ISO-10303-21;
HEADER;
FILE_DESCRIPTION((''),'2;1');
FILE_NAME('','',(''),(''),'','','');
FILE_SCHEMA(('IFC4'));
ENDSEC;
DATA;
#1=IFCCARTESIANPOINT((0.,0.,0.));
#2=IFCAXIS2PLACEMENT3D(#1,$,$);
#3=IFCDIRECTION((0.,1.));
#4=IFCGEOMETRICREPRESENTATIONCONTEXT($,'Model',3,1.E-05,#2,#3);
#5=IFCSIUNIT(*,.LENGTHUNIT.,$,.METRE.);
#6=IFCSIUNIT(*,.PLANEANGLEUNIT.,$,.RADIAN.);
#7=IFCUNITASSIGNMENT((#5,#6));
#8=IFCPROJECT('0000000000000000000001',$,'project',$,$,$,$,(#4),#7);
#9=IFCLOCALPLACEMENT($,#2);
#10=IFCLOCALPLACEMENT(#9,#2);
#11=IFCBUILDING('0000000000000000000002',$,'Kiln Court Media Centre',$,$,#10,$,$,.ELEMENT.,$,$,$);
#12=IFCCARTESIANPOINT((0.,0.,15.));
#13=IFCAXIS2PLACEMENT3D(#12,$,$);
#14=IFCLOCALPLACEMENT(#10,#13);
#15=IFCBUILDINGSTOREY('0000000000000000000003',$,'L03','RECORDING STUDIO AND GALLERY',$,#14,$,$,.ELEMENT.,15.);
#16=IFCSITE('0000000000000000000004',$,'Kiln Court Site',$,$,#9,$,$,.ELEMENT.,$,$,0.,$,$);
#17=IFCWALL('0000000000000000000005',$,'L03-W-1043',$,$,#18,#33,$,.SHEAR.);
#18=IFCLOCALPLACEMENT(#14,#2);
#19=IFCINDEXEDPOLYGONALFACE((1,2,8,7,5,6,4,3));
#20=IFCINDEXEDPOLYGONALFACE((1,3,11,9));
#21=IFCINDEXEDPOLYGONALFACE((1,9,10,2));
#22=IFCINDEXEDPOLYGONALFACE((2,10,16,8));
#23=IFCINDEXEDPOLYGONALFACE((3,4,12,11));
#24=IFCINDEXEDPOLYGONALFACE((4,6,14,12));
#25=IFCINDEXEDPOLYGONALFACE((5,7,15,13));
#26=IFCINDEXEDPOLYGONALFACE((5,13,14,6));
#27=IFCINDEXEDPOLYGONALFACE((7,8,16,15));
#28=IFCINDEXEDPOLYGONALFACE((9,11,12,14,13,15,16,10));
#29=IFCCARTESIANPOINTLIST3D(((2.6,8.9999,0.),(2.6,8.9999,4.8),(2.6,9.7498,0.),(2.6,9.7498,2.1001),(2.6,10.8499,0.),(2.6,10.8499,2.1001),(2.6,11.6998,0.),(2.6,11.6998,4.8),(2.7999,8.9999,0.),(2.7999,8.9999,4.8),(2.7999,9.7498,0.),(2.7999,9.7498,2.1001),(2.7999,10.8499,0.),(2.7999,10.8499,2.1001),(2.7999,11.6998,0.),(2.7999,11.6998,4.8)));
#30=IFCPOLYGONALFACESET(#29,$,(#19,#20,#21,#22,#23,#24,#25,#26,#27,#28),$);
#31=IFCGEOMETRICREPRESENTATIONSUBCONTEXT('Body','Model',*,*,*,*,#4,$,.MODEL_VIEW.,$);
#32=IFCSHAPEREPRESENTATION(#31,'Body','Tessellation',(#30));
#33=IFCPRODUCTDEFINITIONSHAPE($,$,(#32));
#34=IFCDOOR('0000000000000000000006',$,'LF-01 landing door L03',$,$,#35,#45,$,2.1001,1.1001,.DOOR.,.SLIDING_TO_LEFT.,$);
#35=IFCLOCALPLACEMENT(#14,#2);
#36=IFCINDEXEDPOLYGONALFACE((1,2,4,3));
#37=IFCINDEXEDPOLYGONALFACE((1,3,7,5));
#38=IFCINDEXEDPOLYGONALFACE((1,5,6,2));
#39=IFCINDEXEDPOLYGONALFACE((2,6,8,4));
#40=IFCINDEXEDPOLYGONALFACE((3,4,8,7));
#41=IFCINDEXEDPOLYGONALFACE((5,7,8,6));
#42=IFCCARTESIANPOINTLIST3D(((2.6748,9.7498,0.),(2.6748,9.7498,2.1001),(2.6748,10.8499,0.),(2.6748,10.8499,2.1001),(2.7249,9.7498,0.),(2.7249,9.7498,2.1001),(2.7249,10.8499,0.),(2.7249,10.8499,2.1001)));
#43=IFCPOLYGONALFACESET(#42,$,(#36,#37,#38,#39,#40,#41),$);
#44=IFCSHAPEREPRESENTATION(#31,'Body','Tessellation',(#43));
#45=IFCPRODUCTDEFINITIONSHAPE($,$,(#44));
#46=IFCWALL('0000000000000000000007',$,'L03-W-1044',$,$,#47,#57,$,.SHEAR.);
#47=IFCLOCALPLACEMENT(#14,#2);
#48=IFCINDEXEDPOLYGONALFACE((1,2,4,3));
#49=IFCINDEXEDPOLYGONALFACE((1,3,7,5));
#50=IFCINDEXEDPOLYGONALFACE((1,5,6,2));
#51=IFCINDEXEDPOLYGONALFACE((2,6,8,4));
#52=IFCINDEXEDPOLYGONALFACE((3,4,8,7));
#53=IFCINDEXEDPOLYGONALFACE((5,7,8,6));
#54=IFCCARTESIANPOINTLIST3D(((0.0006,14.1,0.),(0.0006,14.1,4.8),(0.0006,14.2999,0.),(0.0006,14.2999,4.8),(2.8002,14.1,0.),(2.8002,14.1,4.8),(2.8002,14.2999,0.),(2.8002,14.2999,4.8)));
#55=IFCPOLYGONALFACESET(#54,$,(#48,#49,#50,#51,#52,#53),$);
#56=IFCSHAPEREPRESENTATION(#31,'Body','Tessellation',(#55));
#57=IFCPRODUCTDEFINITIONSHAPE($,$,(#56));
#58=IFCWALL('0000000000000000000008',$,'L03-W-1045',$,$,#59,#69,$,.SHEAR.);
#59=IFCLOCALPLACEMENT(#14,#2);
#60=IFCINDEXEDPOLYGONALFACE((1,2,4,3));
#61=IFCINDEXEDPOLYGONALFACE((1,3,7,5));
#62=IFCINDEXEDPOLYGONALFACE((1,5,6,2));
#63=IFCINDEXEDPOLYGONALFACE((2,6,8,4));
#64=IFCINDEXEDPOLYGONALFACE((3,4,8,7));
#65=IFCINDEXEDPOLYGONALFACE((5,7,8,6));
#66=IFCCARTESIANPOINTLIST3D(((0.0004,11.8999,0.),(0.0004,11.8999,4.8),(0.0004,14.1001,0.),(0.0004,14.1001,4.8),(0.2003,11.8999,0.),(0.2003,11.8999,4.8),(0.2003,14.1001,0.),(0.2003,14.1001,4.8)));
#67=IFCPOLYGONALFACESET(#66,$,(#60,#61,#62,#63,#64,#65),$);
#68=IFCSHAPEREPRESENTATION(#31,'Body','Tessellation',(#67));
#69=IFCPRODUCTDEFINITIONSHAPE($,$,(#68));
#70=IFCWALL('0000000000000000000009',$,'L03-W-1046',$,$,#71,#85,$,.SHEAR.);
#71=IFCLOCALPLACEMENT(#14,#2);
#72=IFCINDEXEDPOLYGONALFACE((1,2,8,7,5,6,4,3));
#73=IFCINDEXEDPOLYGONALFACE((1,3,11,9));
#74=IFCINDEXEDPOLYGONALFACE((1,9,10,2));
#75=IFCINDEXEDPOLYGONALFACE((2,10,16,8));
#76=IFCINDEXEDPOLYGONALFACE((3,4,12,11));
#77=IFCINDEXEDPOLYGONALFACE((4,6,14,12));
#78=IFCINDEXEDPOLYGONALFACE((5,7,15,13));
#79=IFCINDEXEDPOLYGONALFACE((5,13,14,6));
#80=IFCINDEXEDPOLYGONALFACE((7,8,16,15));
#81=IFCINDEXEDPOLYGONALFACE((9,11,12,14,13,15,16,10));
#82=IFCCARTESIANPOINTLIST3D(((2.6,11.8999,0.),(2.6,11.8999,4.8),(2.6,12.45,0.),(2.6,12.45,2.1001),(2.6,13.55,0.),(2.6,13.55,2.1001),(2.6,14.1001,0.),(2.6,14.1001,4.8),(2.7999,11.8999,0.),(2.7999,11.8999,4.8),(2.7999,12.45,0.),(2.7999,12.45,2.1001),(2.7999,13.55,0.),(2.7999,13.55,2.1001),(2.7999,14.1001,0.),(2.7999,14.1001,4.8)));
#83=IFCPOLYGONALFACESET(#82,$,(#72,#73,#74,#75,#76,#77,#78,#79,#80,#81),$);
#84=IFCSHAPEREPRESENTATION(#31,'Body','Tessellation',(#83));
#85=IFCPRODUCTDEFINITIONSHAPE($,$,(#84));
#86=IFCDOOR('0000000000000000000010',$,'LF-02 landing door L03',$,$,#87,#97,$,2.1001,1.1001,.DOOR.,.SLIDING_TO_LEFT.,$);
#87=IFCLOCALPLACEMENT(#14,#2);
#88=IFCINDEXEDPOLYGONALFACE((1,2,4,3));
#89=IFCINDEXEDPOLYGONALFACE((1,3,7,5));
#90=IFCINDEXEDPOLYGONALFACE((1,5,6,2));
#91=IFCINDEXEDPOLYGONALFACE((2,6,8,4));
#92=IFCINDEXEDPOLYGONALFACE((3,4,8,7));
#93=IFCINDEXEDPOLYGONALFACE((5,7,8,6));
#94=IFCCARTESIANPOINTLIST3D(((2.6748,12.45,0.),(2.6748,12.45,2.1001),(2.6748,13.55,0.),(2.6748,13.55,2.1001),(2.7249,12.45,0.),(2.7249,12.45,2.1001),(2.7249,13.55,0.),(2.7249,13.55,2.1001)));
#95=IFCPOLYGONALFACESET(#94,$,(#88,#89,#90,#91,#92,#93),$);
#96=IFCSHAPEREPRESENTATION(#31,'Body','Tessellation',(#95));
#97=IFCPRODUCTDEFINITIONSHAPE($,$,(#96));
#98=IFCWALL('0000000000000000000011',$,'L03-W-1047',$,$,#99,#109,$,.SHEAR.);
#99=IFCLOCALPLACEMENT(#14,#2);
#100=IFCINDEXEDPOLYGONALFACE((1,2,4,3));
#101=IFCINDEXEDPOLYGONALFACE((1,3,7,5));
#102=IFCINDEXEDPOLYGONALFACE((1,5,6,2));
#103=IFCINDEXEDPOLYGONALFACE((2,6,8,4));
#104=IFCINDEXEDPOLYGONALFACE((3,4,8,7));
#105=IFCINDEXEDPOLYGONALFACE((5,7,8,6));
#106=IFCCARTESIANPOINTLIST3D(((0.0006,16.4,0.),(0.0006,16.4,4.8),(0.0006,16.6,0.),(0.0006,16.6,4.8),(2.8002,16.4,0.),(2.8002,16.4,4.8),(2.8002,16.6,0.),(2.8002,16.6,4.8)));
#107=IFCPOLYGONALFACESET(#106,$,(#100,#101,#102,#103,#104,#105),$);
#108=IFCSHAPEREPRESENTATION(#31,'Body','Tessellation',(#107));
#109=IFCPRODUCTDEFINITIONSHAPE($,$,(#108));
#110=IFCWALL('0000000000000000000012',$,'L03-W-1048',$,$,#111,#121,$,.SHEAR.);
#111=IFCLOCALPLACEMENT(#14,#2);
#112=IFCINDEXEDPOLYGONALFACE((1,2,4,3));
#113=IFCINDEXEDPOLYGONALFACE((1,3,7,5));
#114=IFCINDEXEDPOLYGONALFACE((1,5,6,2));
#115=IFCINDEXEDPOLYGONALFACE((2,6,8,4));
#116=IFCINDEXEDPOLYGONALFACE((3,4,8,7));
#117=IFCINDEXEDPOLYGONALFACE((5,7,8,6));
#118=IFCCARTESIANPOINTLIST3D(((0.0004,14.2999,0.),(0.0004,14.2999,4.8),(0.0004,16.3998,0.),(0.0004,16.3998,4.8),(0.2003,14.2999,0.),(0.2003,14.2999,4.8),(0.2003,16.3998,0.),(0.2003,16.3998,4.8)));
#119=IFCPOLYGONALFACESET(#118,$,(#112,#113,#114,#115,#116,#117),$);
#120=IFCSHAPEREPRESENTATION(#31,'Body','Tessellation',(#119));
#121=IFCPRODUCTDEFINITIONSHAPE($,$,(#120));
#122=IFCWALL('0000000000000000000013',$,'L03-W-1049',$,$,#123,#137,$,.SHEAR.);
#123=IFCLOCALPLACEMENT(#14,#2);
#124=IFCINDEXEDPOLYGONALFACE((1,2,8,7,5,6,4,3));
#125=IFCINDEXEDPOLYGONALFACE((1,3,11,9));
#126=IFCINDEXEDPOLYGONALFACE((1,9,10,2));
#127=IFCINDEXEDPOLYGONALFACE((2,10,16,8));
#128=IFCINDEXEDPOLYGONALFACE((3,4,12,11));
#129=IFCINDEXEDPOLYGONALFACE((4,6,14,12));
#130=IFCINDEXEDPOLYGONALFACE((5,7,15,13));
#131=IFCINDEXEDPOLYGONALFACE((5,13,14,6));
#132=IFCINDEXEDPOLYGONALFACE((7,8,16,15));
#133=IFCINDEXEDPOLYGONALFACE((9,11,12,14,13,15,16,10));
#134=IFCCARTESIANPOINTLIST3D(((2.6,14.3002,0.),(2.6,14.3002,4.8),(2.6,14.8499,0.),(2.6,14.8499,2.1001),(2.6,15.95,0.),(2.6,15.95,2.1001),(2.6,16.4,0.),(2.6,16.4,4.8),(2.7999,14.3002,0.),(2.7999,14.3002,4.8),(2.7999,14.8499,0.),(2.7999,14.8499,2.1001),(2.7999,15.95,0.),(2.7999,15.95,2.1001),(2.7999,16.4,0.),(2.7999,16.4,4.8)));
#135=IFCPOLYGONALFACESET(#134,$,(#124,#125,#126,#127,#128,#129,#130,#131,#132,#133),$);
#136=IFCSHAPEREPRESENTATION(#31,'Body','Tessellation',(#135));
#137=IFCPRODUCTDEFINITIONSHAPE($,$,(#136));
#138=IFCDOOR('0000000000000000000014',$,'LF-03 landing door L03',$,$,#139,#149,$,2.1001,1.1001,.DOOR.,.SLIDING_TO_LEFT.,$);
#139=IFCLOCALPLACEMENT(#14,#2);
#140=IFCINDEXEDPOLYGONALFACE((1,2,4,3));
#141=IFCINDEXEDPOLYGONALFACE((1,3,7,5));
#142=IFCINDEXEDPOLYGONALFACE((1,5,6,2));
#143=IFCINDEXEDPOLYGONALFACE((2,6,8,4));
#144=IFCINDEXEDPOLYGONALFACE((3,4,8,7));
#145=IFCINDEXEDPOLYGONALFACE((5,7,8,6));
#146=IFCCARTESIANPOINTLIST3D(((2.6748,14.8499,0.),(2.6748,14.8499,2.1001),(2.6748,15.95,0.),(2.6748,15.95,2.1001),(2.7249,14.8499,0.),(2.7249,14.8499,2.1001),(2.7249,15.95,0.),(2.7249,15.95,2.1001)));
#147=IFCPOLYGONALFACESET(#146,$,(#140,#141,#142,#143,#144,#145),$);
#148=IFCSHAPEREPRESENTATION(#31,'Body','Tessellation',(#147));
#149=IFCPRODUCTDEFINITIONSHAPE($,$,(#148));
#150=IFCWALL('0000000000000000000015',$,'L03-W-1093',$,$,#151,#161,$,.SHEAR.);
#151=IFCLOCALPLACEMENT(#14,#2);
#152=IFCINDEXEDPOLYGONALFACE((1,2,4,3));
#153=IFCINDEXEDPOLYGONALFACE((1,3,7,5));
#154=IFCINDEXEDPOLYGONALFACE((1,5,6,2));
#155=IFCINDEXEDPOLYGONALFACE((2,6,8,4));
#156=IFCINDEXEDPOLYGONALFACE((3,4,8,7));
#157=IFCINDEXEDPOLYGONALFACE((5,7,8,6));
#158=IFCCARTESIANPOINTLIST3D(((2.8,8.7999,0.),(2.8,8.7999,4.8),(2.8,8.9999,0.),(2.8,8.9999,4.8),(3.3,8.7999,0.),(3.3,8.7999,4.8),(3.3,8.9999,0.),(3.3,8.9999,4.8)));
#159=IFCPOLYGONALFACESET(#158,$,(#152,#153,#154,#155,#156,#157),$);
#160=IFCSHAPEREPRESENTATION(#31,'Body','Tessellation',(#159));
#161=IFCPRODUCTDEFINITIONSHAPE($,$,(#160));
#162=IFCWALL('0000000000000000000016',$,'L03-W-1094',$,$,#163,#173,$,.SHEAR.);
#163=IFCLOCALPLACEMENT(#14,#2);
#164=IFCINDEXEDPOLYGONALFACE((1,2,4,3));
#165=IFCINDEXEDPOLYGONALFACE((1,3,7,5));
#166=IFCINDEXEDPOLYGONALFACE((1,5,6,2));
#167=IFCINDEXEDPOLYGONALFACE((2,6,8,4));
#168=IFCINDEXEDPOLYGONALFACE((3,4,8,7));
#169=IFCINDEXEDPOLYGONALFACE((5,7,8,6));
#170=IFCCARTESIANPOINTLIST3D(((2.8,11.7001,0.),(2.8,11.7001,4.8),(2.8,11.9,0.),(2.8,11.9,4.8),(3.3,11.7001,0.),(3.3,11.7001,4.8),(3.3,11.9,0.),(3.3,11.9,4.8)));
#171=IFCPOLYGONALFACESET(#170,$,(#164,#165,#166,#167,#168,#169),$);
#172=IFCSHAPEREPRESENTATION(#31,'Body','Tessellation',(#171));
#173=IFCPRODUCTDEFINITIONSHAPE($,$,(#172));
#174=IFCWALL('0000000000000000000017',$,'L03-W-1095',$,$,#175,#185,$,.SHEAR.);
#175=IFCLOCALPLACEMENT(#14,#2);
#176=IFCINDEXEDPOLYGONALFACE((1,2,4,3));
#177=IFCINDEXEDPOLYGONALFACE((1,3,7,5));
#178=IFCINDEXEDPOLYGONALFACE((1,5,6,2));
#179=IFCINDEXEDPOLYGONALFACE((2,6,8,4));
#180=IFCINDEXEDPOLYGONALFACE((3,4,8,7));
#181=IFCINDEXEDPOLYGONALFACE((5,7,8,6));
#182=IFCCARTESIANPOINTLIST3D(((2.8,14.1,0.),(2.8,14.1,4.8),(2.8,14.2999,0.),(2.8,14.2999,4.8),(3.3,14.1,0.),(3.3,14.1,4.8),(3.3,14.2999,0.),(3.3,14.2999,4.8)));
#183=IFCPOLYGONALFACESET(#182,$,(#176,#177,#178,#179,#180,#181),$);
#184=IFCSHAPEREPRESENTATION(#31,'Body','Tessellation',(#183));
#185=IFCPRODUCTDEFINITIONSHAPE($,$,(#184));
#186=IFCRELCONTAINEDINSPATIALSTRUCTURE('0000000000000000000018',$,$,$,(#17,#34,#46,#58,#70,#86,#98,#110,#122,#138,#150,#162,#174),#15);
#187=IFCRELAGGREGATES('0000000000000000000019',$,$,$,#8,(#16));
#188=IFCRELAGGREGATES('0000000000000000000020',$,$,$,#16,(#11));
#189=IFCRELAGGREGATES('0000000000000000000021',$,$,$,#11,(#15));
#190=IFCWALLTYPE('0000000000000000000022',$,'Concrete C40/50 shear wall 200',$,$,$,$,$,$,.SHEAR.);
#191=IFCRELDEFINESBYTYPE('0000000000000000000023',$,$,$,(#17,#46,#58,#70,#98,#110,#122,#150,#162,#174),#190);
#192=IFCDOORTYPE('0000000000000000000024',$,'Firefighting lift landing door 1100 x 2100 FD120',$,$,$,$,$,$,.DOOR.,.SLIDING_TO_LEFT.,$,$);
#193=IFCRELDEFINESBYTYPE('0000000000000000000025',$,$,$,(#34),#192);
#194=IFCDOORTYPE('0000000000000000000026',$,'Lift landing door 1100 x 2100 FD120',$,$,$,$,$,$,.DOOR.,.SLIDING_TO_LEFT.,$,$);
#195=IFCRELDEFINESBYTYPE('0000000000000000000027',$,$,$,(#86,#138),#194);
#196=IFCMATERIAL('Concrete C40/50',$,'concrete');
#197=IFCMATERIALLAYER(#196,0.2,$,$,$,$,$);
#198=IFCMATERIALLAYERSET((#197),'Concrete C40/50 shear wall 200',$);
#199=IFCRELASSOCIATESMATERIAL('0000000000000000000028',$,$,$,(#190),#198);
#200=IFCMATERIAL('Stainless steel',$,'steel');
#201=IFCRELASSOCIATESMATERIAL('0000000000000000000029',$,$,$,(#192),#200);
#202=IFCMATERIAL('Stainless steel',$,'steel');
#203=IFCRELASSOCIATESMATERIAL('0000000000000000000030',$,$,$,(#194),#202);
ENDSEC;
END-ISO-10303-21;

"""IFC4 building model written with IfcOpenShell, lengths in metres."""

from ifc_helpers import new_model, si_unit, direction, frame, frame_2d, origin, place, context, subcontext, project, spatial, rectangle, extrude, material, layer, layer_set, type_object, element, fill, save


model = new_model("IFC4")

# Units and contexts
model_context = context("Model", 3, precision=1e-05, world=origin(), true_north=direction((0.0, 1.0)))
body_context = subcontext(model_context, "Body", "Model", "MODEL_VIEW")
ifc_project = project(units=[si_unit("LENGTHUNIT", "METRE"), si_unit("PLANEANGLEUNIT", "RADIAN")], contexts=[model_context])

# Site, building, storey
site_placement = place(None, origin())
site = spatial("IfcSite", under=ifc_project, at=site_placement, Name="Kiln Court Site", CompositionType="ELEMENT", RefElevation=0.0)
building_placement = place(site_placement, origin())
building = spatial("IfcBuilding", under=site, at=building_placement, Name="Kiln Court Media Centre", CompositionType="ELEMENT")
storey_placement = place(building_placement, frame((0.0, 0.0, 15.0)))
storey = spatial("IfcBuildingStorey", under=building, at=storey_placement, Name="L03", Description="RECORDING STUDIO AND GALLERY", CompositionType="ELEMENT", Elevation=15.0)

# Shared definitions
ifc_material_1 = material(Name="Concrete C40/50", Category="concrete")
ifc_layer_1 = layer(ifc_material_1, 0.2)
ifc_layer_set_1 = layer_set([ifc_layer_1], Name="Concrete C40/50 shear wall 200")
wall_type_1 = type_object("IfcWallType", Name="Concrete C40/50 shear wall 200", PredefinedType="SHEAR", material=ifc_layer_set_1)

# Wall, opening, door
wall_1_placement = place(storey_placement, frame((2.7, 11.7, 0.0), z_axis=(0.0, 0.0, 1.0), x_axis=(0.0, -1.0, 0.0)))
wall_1 = element("IfcWall", 1, at=wall_1_placement, inside=storey, type_object=wall_type_1, Name="L03-W-1043", PredefinedType="SHEAR", context=body_context, shape_type="SweptSolid", body=[
    extrude(rectangle(XDim=2.7, YDim=0.2, at=frame_2d((1.3501, 0.0))), origin(), (0.0, 0.0, 1.0), 4.8),
])
opening_1_placement = place(wall_1_placement, frame((0.8501, 0.0, 0.0)))
opening_1 = element("IfcOpeningElement", 2, at=opening_1_placement, cuts=wall_1, PredefinedType="OPENING", context=body_context, shape_type="SweptSolid", body=[
    extrude(rectangle(XDim=1.1001, YDim=2.1001, at=frame_2d((0.55, 1.05))), frame((0.0, 0.1099, 0.0), z_axis=(0.0, -1.0, 0.0), x_axis=(1.0, 0.0, 0.0)), (0.0, 0.0, 1.0), 0.22),
])
ifc_material_2 = material(Name="Stainless steel", Category="steel")
door_type_1 = type_object("IfcDoorType", Name="Firefighting lift landing door 1100 x 2100 FD120", OperationType="SLIDING_TO_LEFT", PredefinedType="DOOR", material=ifc_material_2)
door_1_placement = place(opening_1_placement, origin())
door_1 = element("IfcDoor", 3, at=door_1_placement, inside=storey, type_object=door_type_1, Name="LF-01 landing door L03", OperationType="SLIDING_TO_LEFT", OverallHeight=2.1001, OverallWidth=1.1001, PredefinedType="DOOR", context=body_context, shape_type="SweptSolid", body=[
    extrude(rectangle(XDim=1.1001, YDim=2.1001, at=frame_2d((0.55, 1.05))), frame((0.0, 0.0249, 0.0), z_axis=(0.0, -1.0, 0.0), x_axis=(1.0, 0.0, 0.0)), (0.0, 0.0, 1.0), 0.05),
])
fill(opening_1, door_1)

# Walls
wall_2_placement = place(storey_placement, frame((0.0005, 14.2, 0.0), z_axis=(0.0, 0.0, 1.0), x_axis=(1.0, 0.0, 0.0)))
element("IfcWall", 4, at=wall_2_placement, inside=storey, type_object=wall_type_1, Name="L03-W-1044", PredefinedType="SHEAR", context=body_context, shape_type="SweptSolid", body=[
    extrude(rectangle(XDim=2.7996, YDim=0.2, at=frame_2d((1.3999, 0.0))), origin(), (0.0, 0.0, 1.0), 4.8),
])
wall_3_placement = place(storey_placement, frame((0.1003, 11.8999, 0.0), z_axis=(0.0, 0.0, 1.0), x_axis=(0.0, 1.0, 0.0)))
element("IfcWall", 5, at=wall_3_placement, inside=storey, type_object=wall_type_1, Name="L03-W-1045", PredefinedType="SHEAR", context=body_context, shape_type="SweptSolid", body=[
    extrude(rectangle(XDim=2.2002, YDim=0.2, at=frame_2d((1.1001, 0.0))), origin(), (0.0, 0.0, 1.0), 4.8),
])

# Wall, opening, door
wall_4_placement = place(storey_placement, frame((2.7, 14.1001, 0.0), z_axis=(0.0, 0.0, 1.0), x_axis=(0.0, -1.0, 0.0)))
wall_4 = element("IfcWall", 6, at=wall_4_placement, inside=storey, type_object=wall_type_1, Name="L03-W-1046", PredefinedType="SHEAR", context=body_context, shape_type="SweptSolid", body=[
    extrude(rectangle(XDim=2.2002, YDim=0.2, at=frame_2d((1.1001, 0.0))), origin(), (0.0, 0.0, 1.0), 4.8),
])
opening_2_placement = place(wall_4_placement, frame((0.55, 0.0, 0.0)))
opening_2 = element("IfcOpeningElement", 7, at=opening_2_placement, cuts=wall_4, PredefinedType="OPENING", context=body_context, shape_type="SweptSolid", body=[
    extrude(rectangle(XDim=1.1001, YDim=2.1001, at=frame_2d((0.55, 1.05))), frame((0.0, 0.1099, 0.0), z_axis=(0.0, -1.0, 0.0), x_axis=(1.0, 0.0, 0.0)), (0.0, 0.0, 1.0), 0.22),
])
ifc_material_3 = material(Name="Stainless steel", Category="steel")
door_type_2 = type_object("IfcDoorType", Name="Lift landing door 1100 x 2100 FD120", OperationType="SLIDING_TO_LEFT", PredefinedType="DOOR", material=ifc_material_3)
door_2_placement = place(opening_2_placement, origin())
door_2 = element("IfcDoor", 8, at=door_2_placement, inside=storey, type_object=door_type_2, Name="LF-02 landing door L03", OperationType="SLIDING_TO_LEFT", OverallHeight=2.1001, OverallWidth=1.1001, PredefinedType="DOOR", context=body_context, shape_type="SweptSolid", body=[
    extrude(rectangle(XDim=1.1001, YDim=2.1001, at=frame_2d((0.55, 1.05))), frame((0.0, 0.0249, 0.0), z_axis=(0.0, -1.0, 0.0), x_axis=(1.0, 0.0, 0.0)), (0.0, 0.0, 1.0), 0.05),
])
fill(opening_2, door_2)

# Walls
wall_5_placement = place(storey_placement, frame((0.0005, 16.5, 0.0), z_axis=(0.0, 0.0, 1.0), x_axis=(1.0, 0.0, 0.0)))
element("IfcWall", 9, at=wall_5_placement, inside=storey, type_object=wall_type_1, Name="L03-W-1047", PredefinedType="SHEAR", context=body_context, shape_type="SweptSolid", body=[
    extrude(rectangle(XDim=2.7996, YDim=0.2, at=frame_2d((1.3999, 0.0))), origin(), (0.0, 0.0, 1.0), 4.8),
])
wall_6_placement = place(storey_placement, frame((0.1003, 14.3, 0.0), z_axis=(0.0, 0.0, 1.0), x_axis=(0.0, 1.0, 0.0)))
element("IfcWall", 10, at=wall_6_placement, inside=storey, type_object=wall_type_1, Name="L03-W-1048", PredefinedType="SHEAR", context=body_context, shape_type="SweptSolid", body=[
    extrude(rectangle(XDim=2.0999, YDim=0.2, at=frame_2d((1.0498, 0.0))), origin(), (0.0, 0.0, 1.0), 4.8),
])

# Wall, opening, door
wall_7_placement = place(storey_placement, frame((2.7, 16.3999, 0.0), z_axis=(0.0, 0.0, 1.0), x_axis=(0.0, -1.0, 0.0)))
wall_7 = element("IfcWall", 11, at=wall_7_placement, inside=storey, type_object=wall_type_1, Name="L03-W-1049", PredefinedType="SHEAR", context=body_context, shape_type="SweptSolid", body=[
    extrude(rectangle(XDim=2.0999, YDim=0.2, at=frame_2d((1.0498, 0.0))), origin(), (0.0, 0.0, 1.0), 4.8),
])
opening_3_placement = place(wall_7_placement, frame((0.45, 0.0, 0.0)))
opening_3 = element("IfcOpeningElement", 12, at=opening_3_placement, cuts=wall_7, PredefinedType="OPENING", context=body_context, shape_type="SweptSolid", body=[
    extrude(rectangle(XDim=1.1001, YDim=2.1001, at=frame_2d((0.55, 1.05))), frame((0.0, 0.1099, 0.0), z_axis=(0.0, -1.0, 0.0), x_axis=(1.0, 0.0, 0.0)), (0.0, 0.0, 1.0), 0.22),
])
door_3_placement = place(opening_3_placement, origin())
door_3 = element("IfcDoor", 13, at=door_3_placement, inside=storey, type_object=door_type_2, Name="LF-03 landing door L03", OperationType="SLIDING_TO_LEFT", OverallHeight=2.1001, OverallWidth=1.1001, PredefinedType="DOOR", context=body_context, shape_type="SweptSolid", body=[
    extrude(rectangle(XDim=1.1001, YDim=2.1001, at=frame_2d((0.55, 1.05))), frame((0.0, 0.0249, 0.0), z_axis=(0.0, -1.0, 0.0), x_axis=(1.0, 0.0, 0.0)), (0.0, 0.0, 1.0), 0.05),
])
fill(opening_3, door_3)

# Walls
for number, where, z_axis, x_axis, name in (
    (14, (3.3, 8.8999, 0.0), (0.0, 0.0, 1.0), (-1.0, 0.0, 0.0), "L03-W-1093"),
    (15, (2.8, 11.8, 0.0), (0.0, 0.0, 1.0), (1.0, 0.0, 0.0), "L03-W-1094"),
    (16, (2.8, 14.2, 0.0), (0.0, 0.0, 1.0), (1.0, 0.0, 0.0), "L03-W-1095"),
):
    element("IfcWall", number, at=place(storey_placement, frame(where, z_axis=z_axis, x_axis=x_axis)), inside=storey, type_object=wall_type_1, Name=name, PredefinedType="SHEAR", context=body_context, shape_type="SweptSolid", body=[
        extrude(rectangle(XDim=0.5, YDim=0.2, at=frame_2d((0.25, 0.0))), origin(), (0.0, 0.0, 1.0), 4.8),
    ])

save(model, "model.ifc")
